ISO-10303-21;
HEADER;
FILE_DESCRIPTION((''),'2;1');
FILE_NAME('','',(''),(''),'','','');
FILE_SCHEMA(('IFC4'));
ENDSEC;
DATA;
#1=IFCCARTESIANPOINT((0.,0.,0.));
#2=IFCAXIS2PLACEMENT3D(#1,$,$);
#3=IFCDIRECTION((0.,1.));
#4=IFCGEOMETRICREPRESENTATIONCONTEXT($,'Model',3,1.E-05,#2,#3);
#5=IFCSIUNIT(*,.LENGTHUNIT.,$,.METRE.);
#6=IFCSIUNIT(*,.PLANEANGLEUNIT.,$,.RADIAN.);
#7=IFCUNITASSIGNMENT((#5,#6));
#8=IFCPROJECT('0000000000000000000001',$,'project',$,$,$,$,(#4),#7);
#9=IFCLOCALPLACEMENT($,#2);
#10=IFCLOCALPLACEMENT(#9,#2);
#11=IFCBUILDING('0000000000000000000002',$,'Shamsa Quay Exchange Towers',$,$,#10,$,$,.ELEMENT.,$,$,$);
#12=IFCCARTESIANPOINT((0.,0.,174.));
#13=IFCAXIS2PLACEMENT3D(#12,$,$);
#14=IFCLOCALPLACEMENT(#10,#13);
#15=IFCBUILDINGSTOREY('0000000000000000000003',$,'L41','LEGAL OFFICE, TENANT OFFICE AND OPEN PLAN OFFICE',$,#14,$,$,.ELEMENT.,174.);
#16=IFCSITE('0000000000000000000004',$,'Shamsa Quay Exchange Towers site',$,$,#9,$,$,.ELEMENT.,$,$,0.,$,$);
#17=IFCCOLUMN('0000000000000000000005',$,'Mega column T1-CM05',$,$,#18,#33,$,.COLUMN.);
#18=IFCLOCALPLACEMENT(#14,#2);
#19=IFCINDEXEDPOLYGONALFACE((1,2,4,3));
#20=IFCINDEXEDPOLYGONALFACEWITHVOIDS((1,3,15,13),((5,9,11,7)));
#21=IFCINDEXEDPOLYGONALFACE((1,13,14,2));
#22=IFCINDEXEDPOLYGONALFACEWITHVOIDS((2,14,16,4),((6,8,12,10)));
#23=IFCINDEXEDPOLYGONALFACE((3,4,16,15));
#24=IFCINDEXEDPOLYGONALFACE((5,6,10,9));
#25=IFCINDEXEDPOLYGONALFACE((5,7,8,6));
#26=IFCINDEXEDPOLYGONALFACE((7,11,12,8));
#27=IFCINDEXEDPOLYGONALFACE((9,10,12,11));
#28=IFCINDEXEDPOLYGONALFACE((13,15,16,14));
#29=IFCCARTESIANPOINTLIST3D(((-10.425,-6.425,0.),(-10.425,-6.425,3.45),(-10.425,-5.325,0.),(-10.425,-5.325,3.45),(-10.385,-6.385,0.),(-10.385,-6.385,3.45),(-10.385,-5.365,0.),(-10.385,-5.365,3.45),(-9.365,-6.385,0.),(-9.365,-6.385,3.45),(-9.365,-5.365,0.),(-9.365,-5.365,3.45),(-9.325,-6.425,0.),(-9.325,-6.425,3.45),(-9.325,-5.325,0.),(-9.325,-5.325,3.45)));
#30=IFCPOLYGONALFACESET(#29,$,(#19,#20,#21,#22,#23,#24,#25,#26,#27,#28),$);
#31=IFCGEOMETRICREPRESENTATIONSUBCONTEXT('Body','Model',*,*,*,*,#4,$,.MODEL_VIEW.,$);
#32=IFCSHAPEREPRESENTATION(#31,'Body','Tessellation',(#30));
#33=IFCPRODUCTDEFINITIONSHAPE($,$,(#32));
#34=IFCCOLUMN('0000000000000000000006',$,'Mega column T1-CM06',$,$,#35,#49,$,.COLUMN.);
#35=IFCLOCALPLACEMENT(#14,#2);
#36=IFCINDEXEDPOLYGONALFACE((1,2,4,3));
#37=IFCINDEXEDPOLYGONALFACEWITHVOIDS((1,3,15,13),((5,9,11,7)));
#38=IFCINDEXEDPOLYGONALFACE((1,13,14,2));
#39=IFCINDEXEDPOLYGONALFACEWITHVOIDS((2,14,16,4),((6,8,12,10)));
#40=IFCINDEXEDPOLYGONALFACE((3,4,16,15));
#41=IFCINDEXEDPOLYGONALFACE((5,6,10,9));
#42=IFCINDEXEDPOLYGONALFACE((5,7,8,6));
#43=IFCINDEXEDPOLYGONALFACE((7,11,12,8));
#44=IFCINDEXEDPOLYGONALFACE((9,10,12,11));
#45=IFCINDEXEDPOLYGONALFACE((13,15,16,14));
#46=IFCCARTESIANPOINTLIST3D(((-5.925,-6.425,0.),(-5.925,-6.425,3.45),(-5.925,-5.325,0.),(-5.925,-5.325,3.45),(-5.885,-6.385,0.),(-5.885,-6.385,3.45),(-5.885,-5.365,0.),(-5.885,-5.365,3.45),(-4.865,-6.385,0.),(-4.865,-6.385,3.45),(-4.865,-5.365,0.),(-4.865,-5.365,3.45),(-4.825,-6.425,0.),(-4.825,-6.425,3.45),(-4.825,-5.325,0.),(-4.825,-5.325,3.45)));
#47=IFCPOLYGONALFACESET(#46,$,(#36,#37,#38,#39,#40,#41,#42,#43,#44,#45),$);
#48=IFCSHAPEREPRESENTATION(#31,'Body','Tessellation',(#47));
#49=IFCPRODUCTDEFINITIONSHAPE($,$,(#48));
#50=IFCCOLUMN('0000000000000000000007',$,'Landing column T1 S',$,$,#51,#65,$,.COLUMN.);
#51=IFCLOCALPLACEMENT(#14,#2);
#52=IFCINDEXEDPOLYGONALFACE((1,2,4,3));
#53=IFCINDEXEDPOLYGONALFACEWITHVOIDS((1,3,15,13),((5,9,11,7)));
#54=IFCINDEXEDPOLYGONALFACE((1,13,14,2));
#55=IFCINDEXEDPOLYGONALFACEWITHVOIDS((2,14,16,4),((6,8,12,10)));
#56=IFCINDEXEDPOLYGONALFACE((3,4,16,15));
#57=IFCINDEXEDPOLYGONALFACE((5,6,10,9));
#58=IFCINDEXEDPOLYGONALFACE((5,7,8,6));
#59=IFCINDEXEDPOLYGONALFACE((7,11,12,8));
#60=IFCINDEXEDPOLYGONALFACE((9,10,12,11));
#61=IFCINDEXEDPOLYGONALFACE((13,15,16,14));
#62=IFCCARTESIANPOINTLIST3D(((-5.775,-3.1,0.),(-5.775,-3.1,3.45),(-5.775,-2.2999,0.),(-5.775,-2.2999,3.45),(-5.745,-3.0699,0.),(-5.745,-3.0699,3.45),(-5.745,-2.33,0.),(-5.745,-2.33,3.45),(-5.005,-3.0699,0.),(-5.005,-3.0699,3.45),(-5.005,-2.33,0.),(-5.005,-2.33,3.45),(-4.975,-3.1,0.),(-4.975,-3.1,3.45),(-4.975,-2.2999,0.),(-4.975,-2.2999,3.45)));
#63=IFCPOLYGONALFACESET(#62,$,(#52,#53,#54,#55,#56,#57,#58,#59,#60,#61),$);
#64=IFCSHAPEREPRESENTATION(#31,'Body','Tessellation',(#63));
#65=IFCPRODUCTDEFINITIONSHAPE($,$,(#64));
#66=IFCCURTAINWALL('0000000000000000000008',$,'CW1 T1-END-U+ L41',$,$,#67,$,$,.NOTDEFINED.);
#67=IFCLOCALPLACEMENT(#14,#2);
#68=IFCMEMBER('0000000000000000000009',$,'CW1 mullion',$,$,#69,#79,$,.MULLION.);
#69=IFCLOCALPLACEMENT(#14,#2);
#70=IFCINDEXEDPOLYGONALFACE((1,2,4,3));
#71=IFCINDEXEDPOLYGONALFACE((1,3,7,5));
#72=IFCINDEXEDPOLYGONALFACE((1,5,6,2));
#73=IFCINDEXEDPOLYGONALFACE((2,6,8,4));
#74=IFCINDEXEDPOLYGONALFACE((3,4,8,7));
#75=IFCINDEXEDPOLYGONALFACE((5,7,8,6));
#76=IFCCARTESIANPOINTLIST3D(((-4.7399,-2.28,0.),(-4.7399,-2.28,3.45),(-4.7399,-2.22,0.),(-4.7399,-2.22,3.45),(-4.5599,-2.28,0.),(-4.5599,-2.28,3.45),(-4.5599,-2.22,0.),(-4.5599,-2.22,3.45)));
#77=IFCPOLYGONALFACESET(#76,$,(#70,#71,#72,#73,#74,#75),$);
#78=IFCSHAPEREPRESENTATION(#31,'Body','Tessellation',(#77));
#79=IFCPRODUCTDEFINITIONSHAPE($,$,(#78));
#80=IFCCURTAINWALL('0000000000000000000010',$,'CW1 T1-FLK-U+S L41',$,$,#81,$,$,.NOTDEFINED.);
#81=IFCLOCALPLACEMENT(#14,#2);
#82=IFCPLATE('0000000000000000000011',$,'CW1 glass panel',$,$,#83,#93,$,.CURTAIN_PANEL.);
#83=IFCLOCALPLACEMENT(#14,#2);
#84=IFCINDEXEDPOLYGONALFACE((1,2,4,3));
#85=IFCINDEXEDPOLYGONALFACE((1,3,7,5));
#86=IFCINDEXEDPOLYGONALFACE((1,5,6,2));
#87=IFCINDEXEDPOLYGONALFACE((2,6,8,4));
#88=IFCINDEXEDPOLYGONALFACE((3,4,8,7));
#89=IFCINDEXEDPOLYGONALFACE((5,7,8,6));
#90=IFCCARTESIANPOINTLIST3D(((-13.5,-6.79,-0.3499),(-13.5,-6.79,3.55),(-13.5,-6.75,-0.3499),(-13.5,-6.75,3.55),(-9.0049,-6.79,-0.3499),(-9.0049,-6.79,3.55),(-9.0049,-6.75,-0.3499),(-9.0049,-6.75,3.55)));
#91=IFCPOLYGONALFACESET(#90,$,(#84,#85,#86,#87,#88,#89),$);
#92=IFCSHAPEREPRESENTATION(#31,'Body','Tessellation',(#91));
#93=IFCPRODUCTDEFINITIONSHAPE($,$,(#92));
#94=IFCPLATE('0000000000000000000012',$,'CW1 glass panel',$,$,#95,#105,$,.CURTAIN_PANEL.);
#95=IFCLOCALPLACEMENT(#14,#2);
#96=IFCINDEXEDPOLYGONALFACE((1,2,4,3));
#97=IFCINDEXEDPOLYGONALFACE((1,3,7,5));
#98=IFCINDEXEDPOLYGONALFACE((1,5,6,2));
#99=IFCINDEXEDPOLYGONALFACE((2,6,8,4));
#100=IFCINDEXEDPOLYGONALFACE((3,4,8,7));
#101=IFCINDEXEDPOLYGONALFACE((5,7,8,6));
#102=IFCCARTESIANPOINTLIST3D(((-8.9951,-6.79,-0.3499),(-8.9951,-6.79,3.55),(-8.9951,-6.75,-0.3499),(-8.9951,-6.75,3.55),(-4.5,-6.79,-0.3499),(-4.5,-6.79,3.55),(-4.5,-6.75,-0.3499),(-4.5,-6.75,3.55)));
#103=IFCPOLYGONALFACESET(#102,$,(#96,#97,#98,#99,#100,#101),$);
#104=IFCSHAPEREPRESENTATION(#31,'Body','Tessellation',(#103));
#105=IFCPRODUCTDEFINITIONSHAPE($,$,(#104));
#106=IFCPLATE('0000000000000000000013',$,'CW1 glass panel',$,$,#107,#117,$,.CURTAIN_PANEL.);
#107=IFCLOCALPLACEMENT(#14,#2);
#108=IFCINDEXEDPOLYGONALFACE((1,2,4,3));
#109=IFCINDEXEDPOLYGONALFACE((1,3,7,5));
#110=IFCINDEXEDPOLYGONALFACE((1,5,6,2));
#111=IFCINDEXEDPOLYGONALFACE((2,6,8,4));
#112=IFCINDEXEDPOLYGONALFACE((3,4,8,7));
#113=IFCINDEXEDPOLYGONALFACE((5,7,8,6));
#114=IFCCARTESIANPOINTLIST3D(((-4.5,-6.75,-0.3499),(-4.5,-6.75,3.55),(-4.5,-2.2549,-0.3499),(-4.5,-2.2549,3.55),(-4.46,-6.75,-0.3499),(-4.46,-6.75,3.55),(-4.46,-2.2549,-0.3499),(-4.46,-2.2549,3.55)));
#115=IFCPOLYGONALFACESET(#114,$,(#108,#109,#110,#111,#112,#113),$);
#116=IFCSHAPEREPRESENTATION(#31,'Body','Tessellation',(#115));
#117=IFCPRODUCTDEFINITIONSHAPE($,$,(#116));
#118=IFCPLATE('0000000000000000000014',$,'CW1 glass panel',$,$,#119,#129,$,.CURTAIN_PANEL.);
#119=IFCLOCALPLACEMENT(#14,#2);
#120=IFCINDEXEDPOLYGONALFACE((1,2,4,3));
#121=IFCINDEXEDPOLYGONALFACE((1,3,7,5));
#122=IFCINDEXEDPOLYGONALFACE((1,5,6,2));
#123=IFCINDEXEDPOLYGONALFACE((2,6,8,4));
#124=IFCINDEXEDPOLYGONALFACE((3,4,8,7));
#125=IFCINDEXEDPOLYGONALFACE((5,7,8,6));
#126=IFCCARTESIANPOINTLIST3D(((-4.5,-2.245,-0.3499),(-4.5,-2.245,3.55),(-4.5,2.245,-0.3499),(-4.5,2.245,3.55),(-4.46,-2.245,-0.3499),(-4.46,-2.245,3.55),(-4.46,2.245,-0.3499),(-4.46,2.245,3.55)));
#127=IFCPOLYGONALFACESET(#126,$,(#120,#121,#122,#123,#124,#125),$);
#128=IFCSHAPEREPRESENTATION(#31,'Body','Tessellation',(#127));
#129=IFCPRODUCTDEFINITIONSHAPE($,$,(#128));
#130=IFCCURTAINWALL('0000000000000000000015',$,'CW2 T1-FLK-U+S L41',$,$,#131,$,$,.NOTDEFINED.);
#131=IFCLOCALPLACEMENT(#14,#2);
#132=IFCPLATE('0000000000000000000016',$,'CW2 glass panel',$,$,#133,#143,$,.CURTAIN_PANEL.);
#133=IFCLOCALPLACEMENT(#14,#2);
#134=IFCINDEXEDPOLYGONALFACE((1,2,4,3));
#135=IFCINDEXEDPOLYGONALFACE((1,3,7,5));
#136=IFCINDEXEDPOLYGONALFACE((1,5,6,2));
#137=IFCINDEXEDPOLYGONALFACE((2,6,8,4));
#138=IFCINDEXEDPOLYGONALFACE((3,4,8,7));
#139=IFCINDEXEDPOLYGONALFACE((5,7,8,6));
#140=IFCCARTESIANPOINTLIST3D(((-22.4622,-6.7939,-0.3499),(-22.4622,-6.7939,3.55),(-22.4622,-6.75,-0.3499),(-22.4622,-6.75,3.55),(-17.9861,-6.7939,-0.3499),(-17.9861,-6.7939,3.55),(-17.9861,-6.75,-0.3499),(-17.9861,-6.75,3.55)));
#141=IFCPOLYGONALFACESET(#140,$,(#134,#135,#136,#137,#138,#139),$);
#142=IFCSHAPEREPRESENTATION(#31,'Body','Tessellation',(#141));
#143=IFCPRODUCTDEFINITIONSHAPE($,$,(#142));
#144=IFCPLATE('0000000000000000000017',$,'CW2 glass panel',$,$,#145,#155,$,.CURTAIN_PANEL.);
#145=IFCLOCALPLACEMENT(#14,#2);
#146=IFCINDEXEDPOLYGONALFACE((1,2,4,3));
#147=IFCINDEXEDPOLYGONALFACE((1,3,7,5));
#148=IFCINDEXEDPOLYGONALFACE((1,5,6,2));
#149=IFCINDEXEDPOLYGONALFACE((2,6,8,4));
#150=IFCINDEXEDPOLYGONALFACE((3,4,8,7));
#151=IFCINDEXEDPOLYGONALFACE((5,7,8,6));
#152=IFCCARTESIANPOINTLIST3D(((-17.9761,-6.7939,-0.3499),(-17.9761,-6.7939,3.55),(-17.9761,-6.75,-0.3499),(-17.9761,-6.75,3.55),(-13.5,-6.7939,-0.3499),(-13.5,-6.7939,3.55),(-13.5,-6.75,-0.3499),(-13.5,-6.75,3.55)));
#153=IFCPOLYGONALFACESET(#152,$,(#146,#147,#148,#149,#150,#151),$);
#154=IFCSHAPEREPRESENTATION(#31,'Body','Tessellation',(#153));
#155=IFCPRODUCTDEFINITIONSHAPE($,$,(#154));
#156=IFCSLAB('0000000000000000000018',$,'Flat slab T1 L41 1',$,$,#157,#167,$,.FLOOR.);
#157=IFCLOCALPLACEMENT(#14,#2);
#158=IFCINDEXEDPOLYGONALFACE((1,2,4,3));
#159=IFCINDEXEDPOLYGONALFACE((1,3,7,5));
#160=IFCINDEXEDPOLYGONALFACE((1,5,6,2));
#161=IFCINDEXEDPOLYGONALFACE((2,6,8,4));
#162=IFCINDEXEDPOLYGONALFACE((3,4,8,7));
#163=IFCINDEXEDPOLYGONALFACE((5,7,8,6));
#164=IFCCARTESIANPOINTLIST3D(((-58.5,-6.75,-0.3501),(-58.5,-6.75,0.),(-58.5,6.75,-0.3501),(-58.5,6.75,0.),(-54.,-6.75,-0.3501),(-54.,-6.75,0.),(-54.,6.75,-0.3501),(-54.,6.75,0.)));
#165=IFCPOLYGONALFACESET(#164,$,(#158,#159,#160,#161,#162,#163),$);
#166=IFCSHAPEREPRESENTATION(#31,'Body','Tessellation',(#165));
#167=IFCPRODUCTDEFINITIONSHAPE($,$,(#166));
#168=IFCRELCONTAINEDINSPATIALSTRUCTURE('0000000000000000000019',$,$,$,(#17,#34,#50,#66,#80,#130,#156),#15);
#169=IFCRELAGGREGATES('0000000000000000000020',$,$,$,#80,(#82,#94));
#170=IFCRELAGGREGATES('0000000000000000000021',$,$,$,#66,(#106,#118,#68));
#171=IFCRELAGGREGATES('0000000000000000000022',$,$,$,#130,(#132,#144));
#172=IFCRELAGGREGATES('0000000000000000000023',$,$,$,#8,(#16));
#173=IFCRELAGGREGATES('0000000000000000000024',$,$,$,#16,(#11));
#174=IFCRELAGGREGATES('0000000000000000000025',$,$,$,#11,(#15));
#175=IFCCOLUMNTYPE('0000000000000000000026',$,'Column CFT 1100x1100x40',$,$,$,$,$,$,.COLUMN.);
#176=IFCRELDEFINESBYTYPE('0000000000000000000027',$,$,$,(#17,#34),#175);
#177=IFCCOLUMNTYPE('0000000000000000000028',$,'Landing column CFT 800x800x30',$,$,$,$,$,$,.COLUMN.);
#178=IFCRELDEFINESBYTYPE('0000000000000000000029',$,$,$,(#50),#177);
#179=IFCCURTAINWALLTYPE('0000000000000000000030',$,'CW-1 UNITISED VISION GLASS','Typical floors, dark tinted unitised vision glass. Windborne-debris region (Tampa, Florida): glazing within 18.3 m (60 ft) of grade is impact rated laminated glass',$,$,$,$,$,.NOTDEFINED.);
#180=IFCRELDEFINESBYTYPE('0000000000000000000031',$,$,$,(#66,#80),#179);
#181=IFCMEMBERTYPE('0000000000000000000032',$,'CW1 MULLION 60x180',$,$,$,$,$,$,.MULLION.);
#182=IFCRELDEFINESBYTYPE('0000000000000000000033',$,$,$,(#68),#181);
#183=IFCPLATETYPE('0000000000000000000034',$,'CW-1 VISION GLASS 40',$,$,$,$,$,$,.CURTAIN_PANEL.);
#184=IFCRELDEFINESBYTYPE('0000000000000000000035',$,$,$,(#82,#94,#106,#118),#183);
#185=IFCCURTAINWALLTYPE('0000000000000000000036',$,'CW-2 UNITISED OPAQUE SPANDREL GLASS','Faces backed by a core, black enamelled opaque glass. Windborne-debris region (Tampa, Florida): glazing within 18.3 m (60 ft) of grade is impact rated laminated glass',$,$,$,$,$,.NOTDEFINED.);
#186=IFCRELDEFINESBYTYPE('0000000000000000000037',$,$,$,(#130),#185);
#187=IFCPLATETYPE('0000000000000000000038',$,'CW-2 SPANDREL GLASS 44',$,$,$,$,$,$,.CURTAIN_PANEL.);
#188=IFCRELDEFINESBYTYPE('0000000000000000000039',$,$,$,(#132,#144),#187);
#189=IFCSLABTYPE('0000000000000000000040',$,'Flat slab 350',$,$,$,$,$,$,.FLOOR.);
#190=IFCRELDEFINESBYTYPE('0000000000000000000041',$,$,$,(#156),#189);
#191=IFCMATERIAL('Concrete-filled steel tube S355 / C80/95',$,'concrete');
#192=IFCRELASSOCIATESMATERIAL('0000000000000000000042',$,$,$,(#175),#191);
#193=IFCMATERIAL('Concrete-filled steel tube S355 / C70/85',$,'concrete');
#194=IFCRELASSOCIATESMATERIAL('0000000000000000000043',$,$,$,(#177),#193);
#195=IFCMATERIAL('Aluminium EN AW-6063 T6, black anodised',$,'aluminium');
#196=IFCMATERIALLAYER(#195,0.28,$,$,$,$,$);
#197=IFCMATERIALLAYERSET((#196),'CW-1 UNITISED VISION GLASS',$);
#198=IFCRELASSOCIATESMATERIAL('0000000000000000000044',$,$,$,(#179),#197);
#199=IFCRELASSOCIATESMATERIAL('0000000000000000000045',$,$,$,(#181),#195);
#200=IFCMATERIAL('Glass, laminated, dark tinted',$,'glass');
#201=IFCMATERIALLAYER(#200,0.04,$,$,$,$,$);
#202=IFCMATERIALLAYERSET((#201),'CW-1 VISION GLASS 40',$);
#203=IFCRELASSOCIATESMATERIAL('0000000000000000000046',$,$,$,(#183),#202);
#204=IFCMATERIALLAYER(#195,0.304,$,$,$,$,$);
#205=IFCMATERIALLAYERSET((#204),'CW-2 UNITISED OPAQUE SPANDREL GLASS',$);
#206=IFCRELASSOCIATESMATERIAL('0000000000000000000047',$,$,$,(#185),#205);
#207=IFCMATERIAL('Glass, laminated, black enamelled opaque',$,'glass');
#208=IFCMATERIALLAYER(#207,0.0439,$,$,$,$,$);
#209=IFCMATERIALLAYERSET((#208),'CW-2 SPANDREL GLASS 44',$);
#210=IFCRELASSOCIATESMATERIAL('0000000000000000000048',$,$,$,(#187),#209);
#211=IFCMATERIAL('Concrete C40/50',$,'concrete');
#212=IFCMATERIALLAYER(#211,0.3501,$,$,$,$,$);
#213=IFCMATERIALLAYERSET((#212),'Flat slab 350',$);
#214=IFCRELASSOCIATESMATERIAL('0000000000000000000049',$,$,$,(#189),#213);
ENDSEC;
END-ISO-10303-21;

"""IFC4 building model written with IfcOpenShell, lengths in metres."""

from ifc_helpers import new_model, si_unit, direction, frame, origin, origin_2d, place, context, subcontext, project, spatial, polyline, rectangle, hollow_rectangle, outline, extrude, material, layer, layer_set, material_profile, profile_set, type_object, element, aggregate, save


model = new_model("IFC4")

# Units and contexts
model_context = context("Model", 3, precision=1e-05, world=origin(), true_north=direction((0.0, 1.0)))
body_context = subcontext(model_context, "Body", "Model", "MODEL_VIEW")
ifc_project = project(units=[si_unit("LENGTHUNIT", "METRE"), si_unit("PLANEANGLEUNIT", "RADIAN")], contexts=[model_context])

# Site, building, storey
site_placement = place(None, origin())
site = spatial("IfcSite", under=ifc_project, at=site_placement, Name="Shamsa Quay Exchange Towers site", CompositionType="ELEMENT", RefElevation=0.0)
building_placement = place(site_placement, origin())
building = spatial("IfcBuilding", under=site, at=building_placement, Name="Shamsa Quay Exchange Towers", CompositionType="ELEMENT")
storey_placement = place(building_placement, frame((0.0, 0.0, 174.0)))
storey = spatial("IfcBuildingStorey", under=building, at=storey_placement, Name="L41", Description="LEGAL OFFICE, TENANT OFFICE AND OPEN PLAN OFFICE", CompositionType="ELEMENT", Elevation=174.0)

# Columns
ifc_material_1 = material(Name="Concrete-filled steel tube S355 / C80/95", Category="concrete")
ifc_material_profile_1 = material_profile(ifc_material_1, hollow_rectangle(XDim=1.1001, YDim=1.1001, WallThickness=0.04, at=origin_2d()), Name="CFT 1100x1100x40")
ifc_profile_set_1 = profile_set([ifc_material_profile_1], Name="Concrete-filled steel tube S355 / C80/95")
column_type_1 = type_object("IfcColumnType", Name="Column CFT 1100x1100x40", PredefinedType="COLUMN", material=ifc_profile_set_1)
for number, where, name in (
    (1, (-9.875, -5.875, 0.0), "Mega column T1-CM05"),
    (2, (-5.375, -5.875, 0.0), "Mega column T1-CM06"),
):
    element("IfcColumn", number, at=place(storey_placement, frame(where)), inside=storey, type_object=column_type_1, Name=name, PredefinedType="COLUMN", context=body_context, shape_type="SweptSolid", body=[
        extrude(hollow_rectangle(XDim=1.1001, YDim=1.1001, WallThickness=0.04, at=origin_2d()), origin(), (0.0, 0.0, 1.0), 3.45),
    ])
ifc_material_2 = material(Name="Concrete-filled steel tube S355 / C70/85", Category="concrete")
ifc_material_profile_2 = material_profile(ifc_material_2, hollow_rectangle(XDim=0.8, YDim=0.8, WallThickness=0.03, at=origin_2d()), Name="CFT 800x800x30")
ifc_profile_set_2 = profile_set([ifc_material_profile_2], Name="Concrete-filled steel tube S355 / C70/85")
column_type_2 = type_object("IfcColumnType", Name="Landing column CFT 800x800x30", PredefinedType="COLUMN", material=ifc_profile_set_2)
column_placement = place(storey_placement, frame((-5.375, -2.7, 0.0)))
element("IfcColumn", 3, at=column_placement, inside=storey, type_object=column_type_2, Name="Landing column T1 S", PredefinedType="COLUMN", context=body_context, shape_type="SweptSolid", body=[
    extrude(hollow_rectangle(XDim=0.8, YDim=0.8, WallThickness=0.03, at=origin_2d()), origin(), (0.0, 0.0, 1.0), 3.45),
])

# Curtain wall, member
ifc_material_3 = material(Name="Aluminium EN AW-6063 T6, black anodised", Category="aluminium")
ifc_layer_1 = layer(ifc_material_3, 0.28)
ifc_layer_set_1 = layer_set([ifc_layer_1], Name="CW-1 UNITISED VISION GLASS")
curtain_wall_type_1 = type_object("IfcCurtainWallType", Name="CW-1 UNITISED VISION GLASS", Description="Typical floors, dark tinted unitised vision glass. Windborne-debris region (Tampa, Florida): glazing within 18.3 m (60 ft) of grade is impact rated laminated glass", PredefinedType="NOTDEFINED", material=ifc_layer_set_1)
curtain_wall_1_placement = place(storey_placement, origin())
curtain_wall_1 = element("IfcCurtainWall", 4, at=curtain_wall_1_placement, inside=storey, type_object=curtain_wall_type_1, Name="CW1 T1-END-U+ L41", PredefinedType="NOTDEFINED")
ifc_material_profile_3 = material_profile(ifc_material_3, rectangle(XDim=0.1799, YDim=0.0601, at=origin_2d()), Name="MU60x180")
ifc_profile_set_3 = profile_set([ifc_material_profile_3], Name="Aluminium EN AW-6063 T6, black anodised")
member_type = type_object("IfcMemberType", Name="CW1 MULLION 60x180", PredefinedType="MULLION", material=ifc_profile_set_3)
member_placement = place(storey_placement, frame((-4.6499, -2.25, 0.0), z_axis=(0.0, 0.0, 1.0), x_axis=(-1.0, 0.0, 0.0)))
member = element("IfcMember", 5, at=member_placement, type_object=member_type, Name="CW1 mullion", PredefinedType="MULLION", context=body_context, shape_type="SweptSolid", body=[
    extrude(rectangle(XDim=0.1799, YDim=0.0601, at=origin_2d()), origin(), (0.0, 0.0, 1.0), 3.45),
])

# Curtain wall, plates
curtain_wall_2_placement = place(storey_placement, origin())
curtain_wall_2 = element("IfcCurtainWall", 6, at=curtain_wall_2_placement, inside=storey, type_object=curtain_wall_type_1, Name="CW1 T1-FLK-U+S L41", PredefinedType="NOTDEFINED")
ifc_material_4 = material(Name="Glass, laminated, dark tinted", Category="glass")
ifc_layer_2 = layer(ifc_material_4, 0.04)
ifc_layer_set_2 = layer_set([ifc_layer_2], Name="CW-1 VISION GLASS 40")
plate_type_1 = type_object("IfcPlateType", Name="CW-1 VISION GLASS 40", PredefinedType="CURTAIN_PANEL", material=ifc_layer_set_2)
plate_1_placement = place(storey_placement, frame((-11.2524, -6.77, -0.3499)))
plate_1 = element("IfcPlate", 7, at=plate_1_placement, type_object=plate_type_1, Name="CW1 glass panel", PredefinedType="CURTAIN_PANEL", context=body_context, shape_type="SweptSolid", body=[
    extrude(rectangle(XDim=4.4951, YDim=0.04, at=origin_2d()), origin(), (0.0, 0.0, 1.0), 3.8999),
])
plate_2_placement = place(storey_placement, frame((-6.7476, -6.77, -0.3499)))
plate_2 = element("IfcPlate", 8, at=plate_2_placement, type_object=plate_type_1, Name="CW1 glass panel", PredefinedType="CURTAIN_PANEL", context=body_context, shape_type="SweptSolid", body=[
    extrude(rectangle(XDim=4.4951, YDim=0.04, at=origin_2d()), origin(), (0.0, 0.0, 1.0), 3.8999),
])
aggregate(curtain_wall_2, [plate_1, plate_2])

# Plates
plate_3_placement = place(storey_placement, frame((-4.48, -4.5024, -0.3499), z_axis=(0.0, 0.0, 1.0), x_axis=(0.0, 1.0, 0.0)))
plate_3 = element("IfcPlate", 9, at=plate_3_placement, type_object=plate_type_1, Name="CW1 glass panel", PredefinedType="CURTAIN_PANEL", context=body_context, shape_type="SweptSolid", body=[
    extrude(rectangle(XDim=4.4951, YDim=0.04, at=origin_2d()), origin(), (0.0, 0.0, 1.0), 3.8999),
])
plate_4_placement = place(storey_placement, frame((-4.48, 0.0, -0.3499), z_axis=(0.0, 0.0, 1.0), x_axis=(0.0, 1.0, 0.0)))
plate_4 = element("IfcPlate", 10, at=plate_4_placement, type_object=plate_type_1, Name="CW1 glass panel", PredefinedType="CURTAIN_PANEL", context=body_context, shape_type="SweptSolid", body=[
    extrude(rectangle(XDim=4.49, YDim=0.04, at=origin_2d()), origin(), (0.0, 0.0, 1.0), 3.8999),
])
aggregate(curtain_wall_1, [plate_3, plate_4, member])

# Curtain wall, plates
ifc_layer_3 = layer(ifc_material_3, 0.304)
ifc_layer_set_3 = layer_set([ifc_layer_3], Name="CW-2 UNITISED OPAQUE SPANDREL GLASS")
curtain_wall_type_2 = type_object("IfcCurtainWallType", Name="CW-2 UNITISED OPAQUE SPANDREL GLASS", Description="Faces backed by a core, black enamelled opaque glass. Windborne-debris region (Tampa, Florida): glazing within 18.3 m (60 ft) of grade is impact rated laminated glass", PredefinedType="NOTDEFINED", material=ifc_layer_set_3)
curtain_wall_3_placement = place(storey_placement, origin())
curtain_wall_3 = element("IfcCurtainWall", 11, at=curtain_wall_3_placement, inside=storey, type_object=curtain_wall_type_2, Name="CW2 T1-FLK-U+S L41", PredefinedType="NOTDEFINED")
ifc_material_5 = material(Name="Glass, laminated, black enamelled opaque", Category="glass")
ifc_layer_4 = layer(ifc_material_5, 0.0439)
ifc_layer_set_4 = layer_set([ifc_layer_4], Name="CW-2 SPANDREL GLASS 44")
plate_type_2 = type_object("IfcPlateType", Name="CW-2 SPANDREL GLASS 44", PredefinedType="CURTAIN_PANEL", material=ifc_layer_set_4)
plate_5_placement = place(storey_placement, frame((-20.2241, -6.772, -0.3499)))
plate_5 = element("IfcPlate", 12, at=plate_5_placement, type_object=plate_type_2, Name="CW2 glass panel", PredefinedType="CURTAIN_PANEL", context=body_context, shape_type="SweptSolid", body=[
    extrude(rectangle(XDim=4.4761, YDim=0.0439, at=origin_2d()), origin(), (0.0, 0.0, 1.0), 3.8999),
])
plate_6_placement = place(storey_placement, frame((-15.738, -6.772, -0.3499)))
plate_6 = element("IfcPlate", 13, at=plate_6_placement, type_object=plate_type_2, Name="CW2 glass panel", PredefinedType="CURTAIN_PANEL", context=body_context, shape_type="SweptSolid", body=[
    extrude(rectangle(XDim=4.4761, YDim=0.0439, at=origin_2d()), origin(), (0.0, 0.0, 1.0), 3.8999),
])
aggregate(curtain_wall_3, [plate_5, plate_6])

# Slab
ifc_material_6 = material(Name="Concrete C40/50", Category="concrete")
ifc_layer_5 = layer(ifc_material_6, 0.3501)
ifc_layer_set_5 = layer_set([ifc_layer_5], Name="Flat slab 350")
slab_type = type_object("IfcSlabType", Name="Flat slab 350", PredefinedType="FLOOR", material=ifc_layer_set_5)
slab_1_placement = place(storey_placement, frame((0.0, 0.0, -0.3501)))
element("IfcSlab", 14, at=slab_1_placement, inside=storey, type_object=slab_type, Name="Flat slab T1 L41 1", PredefinedType="FLOOR", context=body_context, shape_type="SweptSolid", body=[
    extrude(outline(polyline([(-58.5, -6.75), (-54.0, -6.75), (-54.0, 6.75), (-58.5, 6.75), (-58.5, -6.75)])), origin(), (0.0, 0.0, 1.0), 0.3501),
])

save(model, "model.ifc")
